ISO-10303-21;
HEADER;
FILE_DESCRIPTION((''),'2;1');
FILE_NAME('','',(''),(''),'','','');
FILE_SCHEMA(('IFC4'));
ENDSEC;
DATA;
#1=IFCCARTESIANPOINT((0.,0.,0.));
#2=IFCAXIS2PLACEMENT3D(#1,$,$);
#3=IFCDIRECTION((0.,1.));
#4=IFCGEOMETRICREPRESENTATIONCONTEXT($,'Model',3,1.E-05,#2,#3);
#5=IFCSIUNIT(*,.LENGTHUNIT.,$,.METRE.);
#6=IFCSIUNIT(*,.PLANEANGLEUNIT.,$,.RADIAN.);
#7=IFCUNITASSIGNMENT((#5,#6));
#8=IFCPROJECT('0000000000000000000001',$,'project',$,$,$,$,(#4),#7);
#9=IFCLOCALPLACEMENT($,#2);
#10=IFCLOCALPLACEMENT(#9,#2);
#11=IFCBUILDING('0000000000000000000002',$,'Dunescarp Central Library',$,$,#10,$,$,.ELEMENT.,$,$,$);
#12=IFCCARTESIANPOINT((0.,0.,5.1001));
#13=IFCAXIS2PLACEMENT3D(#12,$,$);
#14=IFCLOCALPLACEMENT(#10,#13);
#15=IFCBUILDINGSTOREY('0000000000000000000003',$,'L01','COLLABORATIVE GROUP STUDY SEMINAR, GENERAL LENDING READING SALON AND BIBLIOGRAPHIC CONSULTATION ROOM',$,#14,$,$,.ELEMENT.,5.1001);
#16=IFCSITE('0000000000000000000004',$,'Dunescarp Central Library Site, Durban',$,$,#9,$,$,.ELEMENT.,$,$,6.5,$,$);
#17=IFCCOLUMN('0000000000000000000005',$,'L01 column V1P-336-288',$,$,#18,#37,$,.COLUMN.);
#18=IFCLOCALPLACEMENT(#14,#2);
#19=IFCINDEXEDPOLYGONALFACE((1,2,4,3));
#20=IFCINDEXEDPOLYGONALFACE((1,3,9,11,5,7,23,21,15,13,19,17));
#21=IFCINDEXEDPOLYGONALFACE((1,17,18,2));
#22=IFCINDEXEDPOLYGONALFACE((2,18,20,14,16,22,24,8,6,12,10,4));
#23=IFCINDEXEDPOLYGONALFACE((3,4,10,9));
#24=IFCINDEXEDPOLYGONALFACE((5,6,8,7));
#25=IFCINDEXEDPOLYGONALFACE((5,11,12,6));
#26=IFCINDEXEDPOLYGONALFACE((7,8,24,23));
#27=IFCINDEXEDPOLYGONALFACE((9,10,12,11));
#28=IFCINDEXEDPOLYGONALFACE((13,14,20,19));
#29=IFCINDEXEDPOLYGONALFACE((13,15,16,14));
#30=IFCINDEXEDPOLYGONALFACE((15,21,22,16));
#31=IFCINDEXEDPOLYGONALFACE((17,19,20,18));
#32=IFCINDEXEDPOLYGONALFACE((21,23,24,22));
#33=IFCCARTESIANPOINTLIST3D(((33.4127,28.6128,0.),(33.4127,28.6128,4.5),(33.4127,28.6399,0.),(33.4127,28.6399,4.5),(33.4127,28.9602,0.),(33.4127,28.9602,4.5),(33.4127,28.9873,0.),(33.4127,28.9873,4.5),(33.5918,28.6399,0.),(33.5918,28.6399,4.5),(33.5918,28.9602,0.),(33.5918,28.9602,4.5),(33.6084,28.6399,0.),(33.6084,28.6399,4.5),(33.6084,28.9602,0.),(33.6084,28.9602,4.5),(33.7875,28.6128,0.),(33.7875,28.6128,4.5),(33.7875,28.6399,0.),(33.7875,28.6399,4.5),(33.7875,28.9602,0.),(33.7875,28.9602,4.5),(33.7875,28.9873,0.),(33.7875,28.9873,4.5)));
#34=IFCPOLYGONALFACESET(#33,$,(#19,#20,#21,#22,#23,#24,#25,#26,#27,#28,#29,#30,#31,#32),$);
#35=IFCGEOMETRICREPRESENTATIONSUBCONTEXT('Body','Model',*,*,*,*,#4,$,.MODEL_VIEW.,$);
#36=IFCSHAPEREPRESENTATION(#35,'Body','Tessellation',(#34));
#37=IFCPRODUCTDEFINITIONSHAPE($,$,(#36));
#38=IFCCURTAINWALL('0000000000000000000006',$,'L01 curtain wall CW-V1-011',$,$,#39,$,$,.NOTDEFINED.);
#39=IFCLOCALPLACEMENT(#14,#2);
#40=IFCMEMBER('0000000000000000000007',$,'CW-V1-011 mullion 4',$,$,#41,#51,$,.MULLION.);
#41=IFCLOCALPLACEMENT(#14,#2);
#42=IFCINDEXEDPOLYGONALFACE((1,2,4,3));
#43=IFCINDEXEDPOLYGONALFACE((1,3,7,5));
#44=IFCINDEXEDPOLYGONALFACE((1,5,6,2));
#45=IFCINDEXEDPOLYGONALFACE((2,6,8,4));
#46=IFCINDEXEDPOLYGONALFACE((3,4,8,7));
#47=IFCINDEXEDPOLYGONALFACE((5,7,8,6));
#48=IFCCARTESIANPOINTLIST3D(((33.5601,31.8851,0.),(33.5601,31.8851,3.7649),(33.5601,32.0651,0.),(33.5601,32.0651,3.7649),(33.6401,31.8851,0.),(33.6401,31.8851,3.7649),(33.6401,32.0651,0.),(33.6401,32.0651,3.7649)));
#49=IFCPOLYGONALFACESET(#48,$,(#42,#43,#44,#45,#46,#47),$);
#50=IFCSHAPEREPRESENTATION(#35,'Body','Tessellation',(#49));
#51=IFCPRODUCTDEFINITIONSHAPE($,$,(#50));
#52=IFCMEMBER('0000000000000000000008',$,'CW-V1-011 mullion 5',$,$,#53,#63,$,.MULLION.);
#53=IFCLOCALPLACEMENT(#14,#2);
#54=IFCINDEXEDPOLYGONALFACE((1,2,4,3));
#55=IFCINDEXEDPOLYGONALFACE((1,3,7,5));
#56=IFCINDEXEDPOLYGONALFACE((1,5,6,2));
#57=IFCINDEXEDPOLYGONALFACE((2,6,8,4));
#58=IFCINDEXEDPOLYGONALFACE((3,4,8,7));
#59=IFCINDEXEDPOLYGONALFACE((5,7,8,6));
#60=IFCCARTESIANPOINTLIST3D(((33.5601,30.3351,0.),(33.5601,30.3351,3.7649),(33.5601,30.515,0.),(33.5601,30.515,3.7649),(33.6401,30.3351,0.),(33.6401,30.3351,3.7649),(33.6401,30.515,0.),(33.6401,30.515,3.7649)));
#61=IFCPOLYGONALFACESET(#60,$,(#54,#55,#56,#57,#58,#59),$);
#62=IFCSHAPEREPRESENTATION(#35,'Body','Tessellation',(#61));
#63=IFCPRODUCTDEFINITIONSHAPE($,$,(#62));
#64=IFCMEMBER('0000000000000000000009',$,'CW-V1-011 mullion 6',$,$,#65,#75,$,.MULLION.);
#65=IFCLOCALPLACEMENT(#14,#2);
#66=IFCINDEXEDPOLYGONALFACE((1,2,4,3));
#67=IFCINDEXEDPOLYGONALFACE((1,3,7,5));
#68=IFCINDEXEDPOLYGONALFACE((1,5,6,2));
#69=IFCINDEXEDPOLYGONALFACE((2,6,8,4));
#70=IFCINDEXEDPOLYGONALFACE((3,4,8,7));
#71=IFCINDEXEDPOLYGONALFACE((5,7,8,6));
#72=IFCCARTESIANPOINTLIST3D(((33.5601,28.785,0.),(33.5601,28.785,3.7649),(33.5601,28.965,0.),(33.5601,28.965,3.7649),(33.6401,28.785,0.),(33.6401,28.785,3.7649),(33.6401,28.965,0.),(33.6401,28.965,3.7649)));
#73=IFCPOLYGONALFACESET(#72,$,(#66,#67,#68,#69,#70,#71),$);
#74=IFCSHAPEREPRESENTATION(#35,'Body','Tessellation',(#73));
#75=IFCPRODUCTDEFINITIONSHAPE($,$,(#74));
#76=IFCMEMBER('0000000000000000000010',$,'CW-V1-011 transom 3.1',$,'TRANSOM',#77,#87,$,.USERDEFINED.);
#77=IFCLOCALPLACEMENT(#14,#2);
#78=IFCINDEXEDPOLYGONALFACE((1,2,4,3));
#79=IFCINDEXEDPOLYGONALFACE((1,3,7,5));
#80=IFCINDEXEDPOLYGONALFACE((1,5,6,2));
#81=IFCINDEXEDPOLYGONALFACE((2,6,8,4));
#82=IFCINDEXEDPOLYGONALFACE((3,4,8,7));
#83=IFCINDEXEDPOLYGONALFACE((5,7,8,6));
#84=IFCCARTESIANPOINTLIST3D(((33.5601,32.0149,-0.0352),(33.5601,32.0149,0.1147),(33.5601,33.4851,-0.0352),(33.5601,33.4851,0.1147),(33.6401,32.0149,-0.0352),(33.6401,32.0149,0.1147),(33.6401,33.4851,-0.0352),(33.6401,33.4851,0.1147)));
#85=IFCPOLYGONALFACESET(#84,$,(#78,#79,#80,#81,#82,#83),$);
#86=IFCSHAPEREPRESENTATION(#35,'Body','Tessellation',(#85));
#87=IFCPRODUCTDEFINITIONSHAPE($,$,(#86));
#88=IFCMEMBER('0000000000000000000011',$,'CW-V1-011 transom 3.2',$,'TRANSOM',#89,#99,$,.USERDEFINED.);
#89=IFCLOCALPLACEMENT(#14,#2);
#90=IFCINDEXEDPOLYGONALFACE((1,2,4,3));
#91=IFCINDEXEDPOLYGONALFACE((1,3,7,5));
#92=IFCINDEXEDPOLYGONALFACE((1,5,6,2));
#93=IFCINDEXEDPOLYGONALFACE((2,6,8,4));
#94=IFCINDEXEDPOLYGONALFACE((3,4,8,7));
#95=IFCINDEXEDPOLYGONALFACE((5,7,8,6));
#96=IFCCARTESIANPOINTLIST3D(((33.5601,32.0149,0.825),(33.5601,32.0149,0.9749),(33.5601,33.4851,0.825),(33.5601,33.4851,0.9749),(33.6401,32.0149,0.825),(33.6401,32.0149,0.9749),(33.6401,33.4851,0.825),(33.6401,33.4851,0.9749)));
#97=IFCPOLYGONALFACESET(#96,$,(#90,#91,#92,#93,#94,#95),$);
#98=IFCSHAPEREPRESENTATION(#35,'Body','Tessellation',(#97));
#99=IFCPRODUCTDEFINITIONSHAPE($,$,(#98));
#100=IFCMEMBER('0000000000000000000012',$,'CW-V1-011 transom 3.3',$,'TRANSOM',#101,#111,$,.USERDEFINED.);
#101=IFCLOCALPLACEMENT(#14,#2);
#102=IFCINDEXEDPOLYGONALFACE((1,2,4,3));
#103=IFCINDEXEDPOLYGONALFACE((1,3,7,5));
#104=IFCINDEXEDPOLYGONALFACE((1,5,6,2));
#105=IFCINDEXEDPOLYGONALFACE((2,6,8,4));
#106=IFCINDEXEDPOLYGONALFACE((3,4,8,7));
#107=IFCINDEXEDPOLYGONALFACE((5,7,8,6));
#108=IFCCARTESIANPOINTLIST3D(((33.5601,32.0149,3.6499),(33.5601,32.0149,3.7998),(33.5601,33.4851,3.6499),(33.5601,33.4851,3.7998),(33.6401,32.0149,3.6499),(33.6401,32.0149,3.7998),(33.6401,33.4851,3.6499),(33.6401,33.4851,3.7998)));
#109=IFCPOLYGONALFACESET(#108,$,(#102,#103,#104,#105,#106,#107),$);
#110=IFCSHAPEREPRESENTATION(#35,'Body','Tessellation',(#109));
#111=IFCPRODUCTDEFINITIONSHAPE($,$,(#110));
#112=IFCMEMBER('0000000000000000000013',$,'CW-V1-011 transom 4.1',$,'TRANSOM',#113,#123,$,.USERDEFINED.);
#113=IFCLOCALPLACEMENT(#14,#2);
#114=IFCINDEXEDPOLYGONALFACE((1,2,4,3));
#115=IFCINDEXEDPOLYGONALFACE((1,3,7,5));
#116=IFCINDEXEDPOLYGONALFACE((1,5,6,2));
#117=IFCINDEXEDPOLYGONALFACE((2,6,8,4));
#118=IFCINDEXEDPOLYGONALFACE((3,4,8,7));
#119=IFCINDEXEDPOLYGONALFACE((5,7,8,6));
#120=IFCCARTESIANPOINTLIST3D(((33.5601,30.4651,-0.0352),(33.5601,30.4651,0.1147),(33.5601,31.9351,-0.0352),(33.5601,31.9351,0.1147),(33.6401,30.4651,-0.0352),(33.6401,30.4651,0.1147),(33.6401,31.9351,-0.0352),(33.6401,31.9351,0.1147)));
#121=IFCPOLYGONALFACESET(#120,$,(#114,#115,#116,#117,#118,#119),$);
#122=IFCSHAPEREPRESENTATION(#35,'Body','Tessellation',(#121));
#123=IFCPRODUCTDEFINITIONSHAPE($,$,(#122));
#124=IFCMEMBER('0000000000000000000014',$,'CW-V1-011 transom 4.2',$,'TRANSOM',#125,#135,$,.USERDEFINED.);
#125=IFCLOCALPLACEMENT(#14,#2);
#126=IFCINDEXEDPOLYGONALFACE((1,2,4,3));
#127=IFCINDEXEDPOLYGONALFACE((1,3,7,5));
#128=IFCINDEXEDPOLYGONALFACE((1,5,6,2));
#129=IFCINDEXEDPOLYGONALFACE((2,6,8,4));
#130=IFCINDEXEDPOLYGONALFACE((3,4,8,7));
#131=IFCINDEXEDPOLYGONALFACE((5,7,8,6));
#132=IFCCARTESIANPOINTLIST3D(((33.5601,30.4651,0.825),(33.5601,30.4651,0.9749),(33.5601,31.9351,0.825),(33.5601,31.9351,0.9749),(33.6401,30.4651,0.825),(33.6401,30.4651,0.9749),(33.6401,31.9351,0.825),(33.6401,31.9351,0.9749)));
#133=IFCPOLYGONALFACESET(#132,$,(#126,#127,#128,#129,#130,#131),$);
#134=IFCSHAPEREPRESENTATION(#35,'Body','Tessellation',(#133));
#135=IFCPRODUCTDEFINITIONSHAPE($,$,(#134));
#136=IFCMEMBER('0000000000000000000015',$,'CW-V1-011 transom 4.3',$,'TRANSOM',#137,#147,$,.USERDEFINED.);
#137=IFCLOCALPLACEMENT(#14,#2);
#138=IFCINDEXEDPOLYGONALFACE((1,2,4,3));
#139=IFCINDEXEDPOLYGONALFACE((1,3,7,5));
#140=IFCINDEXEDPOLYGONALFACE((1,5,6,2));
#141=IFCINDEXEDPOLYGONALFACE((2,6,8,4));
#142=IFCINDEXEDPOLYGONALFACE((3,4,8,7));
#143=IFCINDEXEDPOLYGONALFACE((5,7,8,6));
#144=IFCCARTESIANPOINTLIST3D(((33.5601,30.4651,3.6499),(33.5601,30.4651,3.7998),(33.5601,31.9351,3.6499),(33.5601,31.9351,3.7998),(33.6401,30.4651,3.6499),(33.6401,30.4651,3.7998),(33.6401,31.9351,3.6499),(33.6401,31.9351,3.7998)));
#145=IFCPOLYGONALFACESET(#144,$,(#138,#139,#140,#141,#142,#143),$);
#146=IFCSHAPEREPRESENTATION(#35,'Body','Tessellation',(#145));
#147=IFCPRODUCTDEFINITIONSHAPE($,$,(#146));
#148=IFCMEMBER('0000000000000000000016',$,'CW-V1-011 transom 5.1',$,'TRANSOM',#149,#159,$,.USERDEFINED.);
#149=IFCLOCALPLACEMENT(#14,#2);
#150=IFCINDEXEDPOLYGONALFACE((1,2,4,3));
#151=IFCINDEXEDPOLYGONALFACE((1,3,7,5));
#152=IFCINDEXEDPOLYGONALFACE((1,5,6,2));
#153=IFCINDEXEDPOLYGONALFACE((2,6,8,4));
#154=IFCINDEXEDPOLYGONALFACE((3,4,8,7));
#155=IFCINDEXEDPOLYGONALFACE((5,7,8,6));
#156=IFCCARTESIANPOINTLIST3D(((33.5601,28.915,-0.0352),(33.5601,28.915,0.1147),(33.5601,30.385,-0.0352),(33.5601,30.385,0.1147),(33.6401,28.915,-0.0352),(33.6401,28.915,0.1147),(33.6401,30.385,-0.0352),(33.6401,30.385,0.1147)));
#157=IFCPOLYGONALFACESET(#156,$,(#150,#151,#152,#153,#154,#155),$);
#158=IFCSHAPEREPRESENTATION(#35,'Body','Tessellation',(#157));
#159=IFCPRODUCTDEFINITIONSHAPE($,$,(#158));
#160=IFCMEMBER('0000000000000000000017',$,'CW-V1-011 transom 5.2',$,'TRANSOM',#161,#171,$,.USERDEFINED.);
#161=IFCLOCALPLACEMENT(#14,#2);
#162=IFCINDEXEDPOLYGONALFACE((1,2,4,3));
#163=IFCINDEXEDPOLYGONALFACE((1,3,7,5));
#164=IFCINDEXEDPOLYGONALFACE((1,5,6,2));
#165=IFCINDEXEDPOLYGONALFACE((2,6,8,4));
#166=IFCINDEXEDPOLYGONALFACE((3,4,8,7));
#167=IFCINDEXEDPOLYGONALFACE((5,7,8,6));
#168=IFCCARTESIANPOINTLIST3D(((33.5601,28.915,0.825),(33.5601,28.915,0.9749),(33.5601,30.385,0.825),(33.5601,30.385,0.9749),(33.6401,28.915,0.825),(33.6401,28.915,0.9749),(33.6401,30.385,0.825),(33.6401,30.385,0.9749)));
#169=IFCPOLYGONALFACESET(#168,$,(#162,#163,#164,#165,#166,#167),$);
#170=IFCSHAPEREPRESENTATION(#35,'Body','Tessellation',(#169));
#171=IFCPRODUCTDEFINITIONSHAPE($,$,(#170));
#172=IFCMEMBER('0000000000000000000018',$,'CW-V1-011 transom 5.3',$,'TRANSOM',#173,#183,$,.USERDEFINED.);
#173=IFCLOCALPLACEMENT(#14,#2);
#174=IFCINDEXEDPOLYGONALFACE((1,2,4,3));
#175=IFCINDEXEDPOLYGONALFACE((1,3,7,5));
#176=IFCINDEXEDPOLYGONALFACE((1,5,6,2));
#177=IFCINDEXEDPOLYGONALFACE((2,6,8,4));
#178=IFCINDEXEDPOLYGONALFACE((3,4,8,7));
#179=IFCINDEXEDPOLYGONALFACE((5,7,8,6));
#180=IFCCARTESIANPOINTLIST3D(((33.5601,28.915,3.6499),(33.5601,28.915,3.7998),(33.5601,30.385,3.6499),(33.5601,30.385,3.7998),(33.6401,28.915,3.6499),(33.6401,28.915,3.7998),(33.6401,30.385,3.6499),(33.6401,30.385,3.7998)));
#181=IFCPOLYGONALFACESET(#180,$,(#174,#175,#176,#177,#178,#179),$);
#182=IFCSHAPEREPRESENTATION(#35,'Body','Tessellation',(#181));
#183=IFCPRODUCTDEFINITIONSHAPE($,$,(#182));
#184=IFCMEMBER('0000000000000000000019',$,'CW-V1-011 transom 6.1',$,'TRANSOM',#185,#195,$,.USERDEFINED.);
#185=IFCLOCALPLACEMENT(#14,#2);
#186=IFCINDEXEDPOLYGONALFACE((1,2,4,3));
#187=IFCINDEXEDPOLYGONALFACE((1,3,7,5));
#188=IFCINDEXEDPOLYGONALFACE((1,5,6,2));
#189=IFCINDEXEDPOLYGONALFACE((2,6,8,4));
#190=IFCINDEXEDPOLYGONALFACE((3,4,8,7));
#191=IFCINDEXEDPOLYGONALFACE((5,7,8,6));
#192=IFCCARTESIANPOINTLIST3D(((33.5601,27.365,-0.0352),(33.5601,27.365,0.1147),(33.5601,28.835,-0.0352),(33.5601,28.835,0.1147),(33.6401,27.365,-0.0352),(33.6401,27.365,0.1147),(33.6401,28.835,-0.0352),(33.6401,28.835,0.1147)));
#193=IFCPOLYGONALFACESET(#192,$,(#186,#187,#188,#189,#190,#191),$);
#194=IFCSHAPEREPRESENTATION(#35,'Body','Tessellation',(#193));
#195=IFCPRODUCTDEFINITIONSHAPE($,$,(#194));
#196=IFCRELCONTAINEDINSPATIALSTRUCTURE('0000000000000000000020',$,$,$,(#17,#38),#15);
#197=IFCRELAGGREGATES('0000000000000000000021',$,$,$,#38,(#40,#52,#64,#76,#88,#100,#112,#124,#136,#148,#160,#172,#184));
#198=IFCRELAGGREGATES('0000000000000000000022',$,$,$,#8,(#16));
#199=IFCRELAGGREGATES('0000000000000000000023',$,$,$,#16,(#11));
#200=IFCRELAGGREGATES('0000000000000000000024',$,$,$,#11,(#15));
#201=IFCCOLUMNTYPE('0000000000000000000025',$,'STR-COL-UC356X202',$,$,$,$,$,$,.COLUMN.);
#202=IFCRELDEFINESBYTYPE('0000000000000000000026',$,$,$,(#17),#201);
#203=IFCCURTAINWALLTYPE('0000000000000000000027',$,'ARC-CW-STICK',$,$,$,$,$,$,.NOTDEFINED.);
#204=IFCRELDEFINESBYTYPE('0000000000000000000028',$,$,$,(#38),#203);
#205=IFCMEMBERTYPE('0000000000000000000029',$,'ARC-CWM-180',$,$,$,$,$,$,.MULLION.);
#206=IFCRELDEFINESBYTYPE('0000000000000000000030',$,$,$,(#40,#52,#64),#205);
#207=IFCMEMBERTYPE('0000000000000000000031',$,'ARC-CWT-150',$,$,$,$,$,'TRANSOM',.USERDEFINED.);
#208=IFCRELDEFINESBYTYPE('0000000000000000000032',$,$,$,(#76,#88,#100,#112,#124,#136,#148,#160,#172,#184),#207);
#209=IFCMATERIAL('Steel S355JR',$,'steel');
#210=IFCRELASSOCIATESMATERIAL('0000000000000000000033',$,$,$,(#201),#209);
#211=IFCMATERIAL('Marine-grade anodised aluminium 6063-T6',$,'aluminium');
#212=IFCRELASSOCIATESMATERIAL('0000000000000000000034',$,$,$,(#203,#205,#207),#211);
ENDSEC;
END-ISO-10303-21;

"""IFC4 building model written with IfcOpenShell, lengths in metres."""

from ifc_helpers import new_model, si_unit, direction, frame, origin, origin_2d, place, context, subcontext, project, spatial, rectangle, i_section, extrude, material, material_profile, profile_set, type_object, element, aggregate, save


model = new_model("IFC4")

# Units and contexts
model_context = context("Model", 3, precision=1e-05, world=origin(), true_north=direction((0.0, 1.0)))
body_context = subcontext(model_context, "Body", "Model", "MODEL_VIEW")
ifc_project = project(units=[si_unit("LENGTHUNIT", "METRE"), si_unit("PLANEANGLEUNIT", "RADIAN")], contexts=[model_context])

# Site, building, storey
site_placement = place(None, origin())
site = spatial("IfcSite", under=ifc_project, at=site_placement, Name="Dunescarp Central Library Site, Durban", CompositionType="ELEMENT", RefElevation=6.5)
building_placement = place(site_placement, origin())
building = spatial("IfcBuilding", under=site, at=building_placement, Name="Dunescarp Central Library", CompositionType="ELEMENT")
storey_placement = place(building_placement, frame((0.0, 0.0, 5.1001)))
storey = spatial("IfcBuildingStorey", under=building, at=storey_placement, Name="L01", Description="COLLABORATIVE GROUP STUDY SEMINAR, GENERAL LENDING READING SALON AND BIBLIOGRAPHIC CONSULTATION ROOM", CompositionType="ELEMENT", Elevation=5.1001)

# Column
ifc_material_1 = material(Name="Steel S355JR", Category="steel")
ifc_material_profile_1 = material_profile(ifc_material_1, i_section(OverallWidth=0.3748, OverallDepth=0.3745, WebThickness=0.0166, FlangeThickness=0.0271, at=origin_2d()), Name="UC 356x368x202")
ifc_profile_set_1 = profile_set([ifc_material_profile_1], Name="Steel S355JR")
column_type = type_object("IfcColumnType", Name="STR-COL-UC356X202", PredefinedType="COLUMN", material=ifc_profile_set_1)
column_placement = place(storey_placement, frame((33.6001, 28.8, 0.0), z_axis=(0.0, 0.0, 1.0), x_axis=(1.0, 0.0, 0.0)))
element("IfcColumn", 1, at=column_placement, inside=storey, type_object=column_type, Name="L01 column V1P-336-288", PredefinedType="COLUMN", context=body_context, shape_type="SweptSolid", body=[
    extrude(i_section(OverallWidth=0.3748, OverallDepth=0.3745, WebThickness=0.0166, FlangeThickness=0.0271, at=origin_2d()), origin(), (0.0, 0.0, 1.0), 4.5),
])

# Curtain wall, members
ifc_material_2 = material(Name="Marine-grade anodised aluminium 6063-T6", Category="aluminium")
curtain_wall_type = type_object("IfcCurtainWallType", Name="ARC-CW-STICK", PredefinedType="NOTDEFINED", material=ifc_material_2)
curtain_wall_placement = place(storey_placement, origin())
curtain_wall = element("IfcCurtainWall", 2, at=curtain_wall_placement, inside=storey, type_object=curtain_wall_type, Name="L01 curtain wall CW-V1-011", PredefinedType="NOTDEFINED")
ifc_material_profile_2 = material_profile(ifc_material_2, rectangle(XDim=0.0801, YDim=0.1799, at=origin_2d()), Name="AL 80x180")
ifc_profile_set_2 = profile_set([ifc_material_profile_2], Name="Marine-grade anodised aluminium 6063-T6")
member_type_1 = type_object("IfcMemberType", Name="ARC-CWM-180", PredefinedType="MULLION", material=ifc_profile_set_2)
member_1_placement = place(storey_placement, frame((33.6001, 31.9751, 0.0), z_axis=(0.0, 0.0, 1.0), x_axis=(1.0, 0.0, 0.0)))
member_1 = element("IfcMember", 3, at=member_1_placement, type_object=member_type_1, Name="CW-V1-011 mullion 4", PredefinedType="MULLION", context=body_context, shape_type="SweptSolid", body=[
    extrude(rectangle(XDim=0.0801, YDim=0.1799, at=origin_2d()), origin(), (0.0, 0.0, 1.0), 3.7649),
])
member_2_placement = place(storey_placement, frame((33.6001, 30.425, 0.0), z_axis=(0.0, 0.0, 1.0), x_axis=(1.0, 0.0, 0.0)))
member_2 = element("IfcMember", 4, at=member_2_placement, type_object=member_type_1, Name="CW-V1-011 mullion 5", PredefinedType="MULLION", context=body_context, shape_type="SweptSolid", body=[
    extrude(rectangle(XDim=0.0801, YDim=0.1799, at=origin_2d()), origin(), (0.0, 0.0, 1.0), 3.7649),
])
member_3_placement = place(storey_placement, frame((33.6001, 28.875, 0.0), z_axis=(0.0, 0.0, 1.0), x_axis=(1.0, 0.0, 0.0)))
member_3 = element("IfcMember", 5, at=member_3_placement, type_object=member_type_1, Name="CW-V1-011 mullion 6", PredefinedType="MULLION", context=body_context, shape_type="SweptSolid", body=[
    extrude(rectangle(XDim=0.0801, YDim=0.1799, at=origin_2d()), origin(), (0.0, 0.0, 1.0), 3.7649),
])
ifc_material_profile_3 = material_profile(ifc_material_2, rectangle(XDim=0.0801, YDim=0.1499, at=origin_2d()), Name="AL 80x150")
ifc_profile_set_3 = profile_set([ifc_material_profile_3], Name="Marine-grade anodised aluminium 6063-T6")
member_type_2 = type_object("IfcMemberType", Name="ARC-CWT-150", ElementType="TRANSOM", PredefinedType="USERDEFINED", material=ifc_profile_set_3)
member_4_placement = place(storey_placement, frame((33.6001, 33.4851, 0.0398), z_axis=(0.0, -1.0, 0.0), x_axis=(1.0, 0.0, 0.0)))
member_4 = element("IfcMember", 6, at=member_4_placement, type_object=member_type_2, Name="CW-V1-011 transom 3.1", ObjectType="TRANSOM", PredefinedType="USERDEFINED", context=body_context, shape_type="SweptSolid", body=[
    extrude(rectangle(XDim=0.0801, YDim=0.1499, at=origin_2d()), origin(), (0.0, 0.0, 1.0), 1.4702),
])
member_5_placement = place(storey_placement, frame((33.6001, 33.4851, 0.8999), z_axis=(0.0, -1.0, 0.0), x_axis=(1.0, 0.0, 0.0)))
member_5 = element("IfcMember", 7, at=member_5_placement, type_object=member_type_2, Name="CW-V1-011 transom 3.2", ObjectType="TRANSOM", PredefinedType="USERDEFINED", context=body_context, shape_type="SweptSolid", body=[
    extrude(rectangle(XDim=0.0801, YDim=0.1499, at=origin_2d()), origin(), (0.0, 0.0, 1.0), 1.4702),
])
member_6_placement = place(storey_placement, frame((33.6001, 33.4851, 3.7249), z_axis=(0.0, -1.0, 0.0), x_axis=(1.0, 0.0, 0.0)))
member_6 = element("IfcMember", 8, at=member_6_placement, type_object=member_type_2, Name="CW-V1-011 transom 3.3", ObjectType="TRANSOM", PredefinedType="USERDEFINED", context=body_context, shape_type="SweptSolid", body=[
    extrude(rectangle(XDim=0.0801, YDim=0.1499, at=origin_2d()), origin(), (0.0, 0.0, 1.0), 1.4702),
])
member_7_placement = place(storey_placement, frame((33.6001, 31.9351, 0.0398), z_axis=(0.0, -1.0, 0.0), x_axis=(1.0, 0.0, 0.0)))
member_7 = element("IfcMember", 9, at=member_7_placement, type_object=member_type_2, Name="CW-V1-011 transom 4.1", ObjectType="TRANSOM", PredefinedType="USERDEFINED", context=body_context, shape_type="SweptSolid", body=[
    extrude(rectangle(XDim=0.0801, YDim=0.1499, at=origin_2d()), origin(), (0.0, 0.0, 1.0), 1.47),
])
member_8_placement = place(storey_placement, frame((33.6001, 31.9351, 0.8999), z_axis=(0.0, -1.0, 0.0), x_axis=(1.0, 0.0, 0.0)))
member_8 = element("IfcMember", 10, at=member_8_placement, type_object=member_type_2, Name="CW-V1-011 transom 4.2", ObjectType="TRANSOM", PredefinedType="USERDEFINED", context=body_context, shape_type="SweptSolid", body=[
    extrude(rectangle(XDim=0.0801, YDim=0.1499, at=origin_2d()), origin(), (0.0, 0.0, 1.0), 1.47),
])
member_9_placement = place(storey_placement, frame((33.6001, 31.9351, 3.7249), z_axis=(0.0, -1.0, 0.0), x_axis=(1.0, 0.0, 0.0)))
member_9 = element("IfcMember", 11, at=member_9_placement, type_object=member_type_2, Name="CW-V1-011 transom 4.3", ObjectType="TRANSOM", PredefinedType="USERDEFINED", context=body_context, shape_type="SweptSolid", body=[
    extrude(rectangle(XDim=0.0801, YDim=0.1499, at=origin_2d()), origin(), (0.0, 0.0, 1.0), 1.47),
])
member_10_placement = place(storey_placement, frame((33.6001, 30.385, 0.0398), z_axis=(0.0, -1.0, 0.0), x_axis=(1.0, 0.0, 0.0)))
member_10 = element("IfcMember", 12, at=member_10_placement, type_object=member_type_2, Name="CW-V1-011 transom 5.1", ObjectType="TRANSOM", PredefinedType="USERDEFINED", context=body_context, shape_type="SweptSolid", body=[
    extrude(rectangle(XDim=0.0801, YDim=0.1499, at=origin_2d()), origin(), (0.0, 0.0, 1.0), 1.47),
])
member_11_placement = place(storey_placement, frame((33.6001, 30.385, 0.8999), z_axis=(0.0, -1.0, 0.0), x_axis=(1.0, 0.0, 0.0)))
member_11 = element("IfcMember", 13, at=member_11_placement, type_object=member_type_2, Name="CW-V1-011 transom 5.2", ObjectType="TRANSOM", PredefinedType="USERDEFINED", context=body_context, shape_type="SweptSolid", body=[
    extrude(rectangle(XDim=0.0801, YDim=0.1499, at=origin_2d()), origin(), (0.0, 0.0, 1.0), 1.47),
])
member_12_placement = place(storey_placement, frame((33.6001, 30.385, 3.7249), z_axis=(0.0, -1.0, 0.0), x_axis=(1.0, 0.0, 0.0)))
member_12 = element("IfcMember", 14, at=member_12_placement, type_object=member_type_2, Name="CW-V1-011 transom 5.3", ObjectType="TRANSOM", PredefinedType="USERDEFINED", context=body_context, shape_type="SweptSolid", body=[
    extrude(rectangle(XDim=0.0801, YDim=0.1499, at=origin_2d()), origin(), (0.0, 0.0, 1.0), 1.47),
])
member_13_placement = place(storey_placement, frame((33.6001, 28.835, 0.0398), z_axis=(0.0, -1.0, 0.0), x_axis=(1.0, 0.0, 0.0)))
member_13 = element("IfcMember", 15, at=member_13_placement, type_object=member_type_2, Name="CW-V1-011 transom 6.1", ObjectType="TRANSOM", PredefinedType="USERDEFINED", context=body_context, shape_type="SweptSolid", body=[
    extrude(rectangle(XDim=0.0801, YDim=0.1499, at=origin_2d()), origin(), (0.0, 0.0, 1.0), 1.47),
])

aggregate(curtain_wall, [member_1, member_2, member_3, member_4, member_5, member_6, member_7, member_8, member_9, member_10, member_11, member_12, member_13])

save(model, "model.ifc")
